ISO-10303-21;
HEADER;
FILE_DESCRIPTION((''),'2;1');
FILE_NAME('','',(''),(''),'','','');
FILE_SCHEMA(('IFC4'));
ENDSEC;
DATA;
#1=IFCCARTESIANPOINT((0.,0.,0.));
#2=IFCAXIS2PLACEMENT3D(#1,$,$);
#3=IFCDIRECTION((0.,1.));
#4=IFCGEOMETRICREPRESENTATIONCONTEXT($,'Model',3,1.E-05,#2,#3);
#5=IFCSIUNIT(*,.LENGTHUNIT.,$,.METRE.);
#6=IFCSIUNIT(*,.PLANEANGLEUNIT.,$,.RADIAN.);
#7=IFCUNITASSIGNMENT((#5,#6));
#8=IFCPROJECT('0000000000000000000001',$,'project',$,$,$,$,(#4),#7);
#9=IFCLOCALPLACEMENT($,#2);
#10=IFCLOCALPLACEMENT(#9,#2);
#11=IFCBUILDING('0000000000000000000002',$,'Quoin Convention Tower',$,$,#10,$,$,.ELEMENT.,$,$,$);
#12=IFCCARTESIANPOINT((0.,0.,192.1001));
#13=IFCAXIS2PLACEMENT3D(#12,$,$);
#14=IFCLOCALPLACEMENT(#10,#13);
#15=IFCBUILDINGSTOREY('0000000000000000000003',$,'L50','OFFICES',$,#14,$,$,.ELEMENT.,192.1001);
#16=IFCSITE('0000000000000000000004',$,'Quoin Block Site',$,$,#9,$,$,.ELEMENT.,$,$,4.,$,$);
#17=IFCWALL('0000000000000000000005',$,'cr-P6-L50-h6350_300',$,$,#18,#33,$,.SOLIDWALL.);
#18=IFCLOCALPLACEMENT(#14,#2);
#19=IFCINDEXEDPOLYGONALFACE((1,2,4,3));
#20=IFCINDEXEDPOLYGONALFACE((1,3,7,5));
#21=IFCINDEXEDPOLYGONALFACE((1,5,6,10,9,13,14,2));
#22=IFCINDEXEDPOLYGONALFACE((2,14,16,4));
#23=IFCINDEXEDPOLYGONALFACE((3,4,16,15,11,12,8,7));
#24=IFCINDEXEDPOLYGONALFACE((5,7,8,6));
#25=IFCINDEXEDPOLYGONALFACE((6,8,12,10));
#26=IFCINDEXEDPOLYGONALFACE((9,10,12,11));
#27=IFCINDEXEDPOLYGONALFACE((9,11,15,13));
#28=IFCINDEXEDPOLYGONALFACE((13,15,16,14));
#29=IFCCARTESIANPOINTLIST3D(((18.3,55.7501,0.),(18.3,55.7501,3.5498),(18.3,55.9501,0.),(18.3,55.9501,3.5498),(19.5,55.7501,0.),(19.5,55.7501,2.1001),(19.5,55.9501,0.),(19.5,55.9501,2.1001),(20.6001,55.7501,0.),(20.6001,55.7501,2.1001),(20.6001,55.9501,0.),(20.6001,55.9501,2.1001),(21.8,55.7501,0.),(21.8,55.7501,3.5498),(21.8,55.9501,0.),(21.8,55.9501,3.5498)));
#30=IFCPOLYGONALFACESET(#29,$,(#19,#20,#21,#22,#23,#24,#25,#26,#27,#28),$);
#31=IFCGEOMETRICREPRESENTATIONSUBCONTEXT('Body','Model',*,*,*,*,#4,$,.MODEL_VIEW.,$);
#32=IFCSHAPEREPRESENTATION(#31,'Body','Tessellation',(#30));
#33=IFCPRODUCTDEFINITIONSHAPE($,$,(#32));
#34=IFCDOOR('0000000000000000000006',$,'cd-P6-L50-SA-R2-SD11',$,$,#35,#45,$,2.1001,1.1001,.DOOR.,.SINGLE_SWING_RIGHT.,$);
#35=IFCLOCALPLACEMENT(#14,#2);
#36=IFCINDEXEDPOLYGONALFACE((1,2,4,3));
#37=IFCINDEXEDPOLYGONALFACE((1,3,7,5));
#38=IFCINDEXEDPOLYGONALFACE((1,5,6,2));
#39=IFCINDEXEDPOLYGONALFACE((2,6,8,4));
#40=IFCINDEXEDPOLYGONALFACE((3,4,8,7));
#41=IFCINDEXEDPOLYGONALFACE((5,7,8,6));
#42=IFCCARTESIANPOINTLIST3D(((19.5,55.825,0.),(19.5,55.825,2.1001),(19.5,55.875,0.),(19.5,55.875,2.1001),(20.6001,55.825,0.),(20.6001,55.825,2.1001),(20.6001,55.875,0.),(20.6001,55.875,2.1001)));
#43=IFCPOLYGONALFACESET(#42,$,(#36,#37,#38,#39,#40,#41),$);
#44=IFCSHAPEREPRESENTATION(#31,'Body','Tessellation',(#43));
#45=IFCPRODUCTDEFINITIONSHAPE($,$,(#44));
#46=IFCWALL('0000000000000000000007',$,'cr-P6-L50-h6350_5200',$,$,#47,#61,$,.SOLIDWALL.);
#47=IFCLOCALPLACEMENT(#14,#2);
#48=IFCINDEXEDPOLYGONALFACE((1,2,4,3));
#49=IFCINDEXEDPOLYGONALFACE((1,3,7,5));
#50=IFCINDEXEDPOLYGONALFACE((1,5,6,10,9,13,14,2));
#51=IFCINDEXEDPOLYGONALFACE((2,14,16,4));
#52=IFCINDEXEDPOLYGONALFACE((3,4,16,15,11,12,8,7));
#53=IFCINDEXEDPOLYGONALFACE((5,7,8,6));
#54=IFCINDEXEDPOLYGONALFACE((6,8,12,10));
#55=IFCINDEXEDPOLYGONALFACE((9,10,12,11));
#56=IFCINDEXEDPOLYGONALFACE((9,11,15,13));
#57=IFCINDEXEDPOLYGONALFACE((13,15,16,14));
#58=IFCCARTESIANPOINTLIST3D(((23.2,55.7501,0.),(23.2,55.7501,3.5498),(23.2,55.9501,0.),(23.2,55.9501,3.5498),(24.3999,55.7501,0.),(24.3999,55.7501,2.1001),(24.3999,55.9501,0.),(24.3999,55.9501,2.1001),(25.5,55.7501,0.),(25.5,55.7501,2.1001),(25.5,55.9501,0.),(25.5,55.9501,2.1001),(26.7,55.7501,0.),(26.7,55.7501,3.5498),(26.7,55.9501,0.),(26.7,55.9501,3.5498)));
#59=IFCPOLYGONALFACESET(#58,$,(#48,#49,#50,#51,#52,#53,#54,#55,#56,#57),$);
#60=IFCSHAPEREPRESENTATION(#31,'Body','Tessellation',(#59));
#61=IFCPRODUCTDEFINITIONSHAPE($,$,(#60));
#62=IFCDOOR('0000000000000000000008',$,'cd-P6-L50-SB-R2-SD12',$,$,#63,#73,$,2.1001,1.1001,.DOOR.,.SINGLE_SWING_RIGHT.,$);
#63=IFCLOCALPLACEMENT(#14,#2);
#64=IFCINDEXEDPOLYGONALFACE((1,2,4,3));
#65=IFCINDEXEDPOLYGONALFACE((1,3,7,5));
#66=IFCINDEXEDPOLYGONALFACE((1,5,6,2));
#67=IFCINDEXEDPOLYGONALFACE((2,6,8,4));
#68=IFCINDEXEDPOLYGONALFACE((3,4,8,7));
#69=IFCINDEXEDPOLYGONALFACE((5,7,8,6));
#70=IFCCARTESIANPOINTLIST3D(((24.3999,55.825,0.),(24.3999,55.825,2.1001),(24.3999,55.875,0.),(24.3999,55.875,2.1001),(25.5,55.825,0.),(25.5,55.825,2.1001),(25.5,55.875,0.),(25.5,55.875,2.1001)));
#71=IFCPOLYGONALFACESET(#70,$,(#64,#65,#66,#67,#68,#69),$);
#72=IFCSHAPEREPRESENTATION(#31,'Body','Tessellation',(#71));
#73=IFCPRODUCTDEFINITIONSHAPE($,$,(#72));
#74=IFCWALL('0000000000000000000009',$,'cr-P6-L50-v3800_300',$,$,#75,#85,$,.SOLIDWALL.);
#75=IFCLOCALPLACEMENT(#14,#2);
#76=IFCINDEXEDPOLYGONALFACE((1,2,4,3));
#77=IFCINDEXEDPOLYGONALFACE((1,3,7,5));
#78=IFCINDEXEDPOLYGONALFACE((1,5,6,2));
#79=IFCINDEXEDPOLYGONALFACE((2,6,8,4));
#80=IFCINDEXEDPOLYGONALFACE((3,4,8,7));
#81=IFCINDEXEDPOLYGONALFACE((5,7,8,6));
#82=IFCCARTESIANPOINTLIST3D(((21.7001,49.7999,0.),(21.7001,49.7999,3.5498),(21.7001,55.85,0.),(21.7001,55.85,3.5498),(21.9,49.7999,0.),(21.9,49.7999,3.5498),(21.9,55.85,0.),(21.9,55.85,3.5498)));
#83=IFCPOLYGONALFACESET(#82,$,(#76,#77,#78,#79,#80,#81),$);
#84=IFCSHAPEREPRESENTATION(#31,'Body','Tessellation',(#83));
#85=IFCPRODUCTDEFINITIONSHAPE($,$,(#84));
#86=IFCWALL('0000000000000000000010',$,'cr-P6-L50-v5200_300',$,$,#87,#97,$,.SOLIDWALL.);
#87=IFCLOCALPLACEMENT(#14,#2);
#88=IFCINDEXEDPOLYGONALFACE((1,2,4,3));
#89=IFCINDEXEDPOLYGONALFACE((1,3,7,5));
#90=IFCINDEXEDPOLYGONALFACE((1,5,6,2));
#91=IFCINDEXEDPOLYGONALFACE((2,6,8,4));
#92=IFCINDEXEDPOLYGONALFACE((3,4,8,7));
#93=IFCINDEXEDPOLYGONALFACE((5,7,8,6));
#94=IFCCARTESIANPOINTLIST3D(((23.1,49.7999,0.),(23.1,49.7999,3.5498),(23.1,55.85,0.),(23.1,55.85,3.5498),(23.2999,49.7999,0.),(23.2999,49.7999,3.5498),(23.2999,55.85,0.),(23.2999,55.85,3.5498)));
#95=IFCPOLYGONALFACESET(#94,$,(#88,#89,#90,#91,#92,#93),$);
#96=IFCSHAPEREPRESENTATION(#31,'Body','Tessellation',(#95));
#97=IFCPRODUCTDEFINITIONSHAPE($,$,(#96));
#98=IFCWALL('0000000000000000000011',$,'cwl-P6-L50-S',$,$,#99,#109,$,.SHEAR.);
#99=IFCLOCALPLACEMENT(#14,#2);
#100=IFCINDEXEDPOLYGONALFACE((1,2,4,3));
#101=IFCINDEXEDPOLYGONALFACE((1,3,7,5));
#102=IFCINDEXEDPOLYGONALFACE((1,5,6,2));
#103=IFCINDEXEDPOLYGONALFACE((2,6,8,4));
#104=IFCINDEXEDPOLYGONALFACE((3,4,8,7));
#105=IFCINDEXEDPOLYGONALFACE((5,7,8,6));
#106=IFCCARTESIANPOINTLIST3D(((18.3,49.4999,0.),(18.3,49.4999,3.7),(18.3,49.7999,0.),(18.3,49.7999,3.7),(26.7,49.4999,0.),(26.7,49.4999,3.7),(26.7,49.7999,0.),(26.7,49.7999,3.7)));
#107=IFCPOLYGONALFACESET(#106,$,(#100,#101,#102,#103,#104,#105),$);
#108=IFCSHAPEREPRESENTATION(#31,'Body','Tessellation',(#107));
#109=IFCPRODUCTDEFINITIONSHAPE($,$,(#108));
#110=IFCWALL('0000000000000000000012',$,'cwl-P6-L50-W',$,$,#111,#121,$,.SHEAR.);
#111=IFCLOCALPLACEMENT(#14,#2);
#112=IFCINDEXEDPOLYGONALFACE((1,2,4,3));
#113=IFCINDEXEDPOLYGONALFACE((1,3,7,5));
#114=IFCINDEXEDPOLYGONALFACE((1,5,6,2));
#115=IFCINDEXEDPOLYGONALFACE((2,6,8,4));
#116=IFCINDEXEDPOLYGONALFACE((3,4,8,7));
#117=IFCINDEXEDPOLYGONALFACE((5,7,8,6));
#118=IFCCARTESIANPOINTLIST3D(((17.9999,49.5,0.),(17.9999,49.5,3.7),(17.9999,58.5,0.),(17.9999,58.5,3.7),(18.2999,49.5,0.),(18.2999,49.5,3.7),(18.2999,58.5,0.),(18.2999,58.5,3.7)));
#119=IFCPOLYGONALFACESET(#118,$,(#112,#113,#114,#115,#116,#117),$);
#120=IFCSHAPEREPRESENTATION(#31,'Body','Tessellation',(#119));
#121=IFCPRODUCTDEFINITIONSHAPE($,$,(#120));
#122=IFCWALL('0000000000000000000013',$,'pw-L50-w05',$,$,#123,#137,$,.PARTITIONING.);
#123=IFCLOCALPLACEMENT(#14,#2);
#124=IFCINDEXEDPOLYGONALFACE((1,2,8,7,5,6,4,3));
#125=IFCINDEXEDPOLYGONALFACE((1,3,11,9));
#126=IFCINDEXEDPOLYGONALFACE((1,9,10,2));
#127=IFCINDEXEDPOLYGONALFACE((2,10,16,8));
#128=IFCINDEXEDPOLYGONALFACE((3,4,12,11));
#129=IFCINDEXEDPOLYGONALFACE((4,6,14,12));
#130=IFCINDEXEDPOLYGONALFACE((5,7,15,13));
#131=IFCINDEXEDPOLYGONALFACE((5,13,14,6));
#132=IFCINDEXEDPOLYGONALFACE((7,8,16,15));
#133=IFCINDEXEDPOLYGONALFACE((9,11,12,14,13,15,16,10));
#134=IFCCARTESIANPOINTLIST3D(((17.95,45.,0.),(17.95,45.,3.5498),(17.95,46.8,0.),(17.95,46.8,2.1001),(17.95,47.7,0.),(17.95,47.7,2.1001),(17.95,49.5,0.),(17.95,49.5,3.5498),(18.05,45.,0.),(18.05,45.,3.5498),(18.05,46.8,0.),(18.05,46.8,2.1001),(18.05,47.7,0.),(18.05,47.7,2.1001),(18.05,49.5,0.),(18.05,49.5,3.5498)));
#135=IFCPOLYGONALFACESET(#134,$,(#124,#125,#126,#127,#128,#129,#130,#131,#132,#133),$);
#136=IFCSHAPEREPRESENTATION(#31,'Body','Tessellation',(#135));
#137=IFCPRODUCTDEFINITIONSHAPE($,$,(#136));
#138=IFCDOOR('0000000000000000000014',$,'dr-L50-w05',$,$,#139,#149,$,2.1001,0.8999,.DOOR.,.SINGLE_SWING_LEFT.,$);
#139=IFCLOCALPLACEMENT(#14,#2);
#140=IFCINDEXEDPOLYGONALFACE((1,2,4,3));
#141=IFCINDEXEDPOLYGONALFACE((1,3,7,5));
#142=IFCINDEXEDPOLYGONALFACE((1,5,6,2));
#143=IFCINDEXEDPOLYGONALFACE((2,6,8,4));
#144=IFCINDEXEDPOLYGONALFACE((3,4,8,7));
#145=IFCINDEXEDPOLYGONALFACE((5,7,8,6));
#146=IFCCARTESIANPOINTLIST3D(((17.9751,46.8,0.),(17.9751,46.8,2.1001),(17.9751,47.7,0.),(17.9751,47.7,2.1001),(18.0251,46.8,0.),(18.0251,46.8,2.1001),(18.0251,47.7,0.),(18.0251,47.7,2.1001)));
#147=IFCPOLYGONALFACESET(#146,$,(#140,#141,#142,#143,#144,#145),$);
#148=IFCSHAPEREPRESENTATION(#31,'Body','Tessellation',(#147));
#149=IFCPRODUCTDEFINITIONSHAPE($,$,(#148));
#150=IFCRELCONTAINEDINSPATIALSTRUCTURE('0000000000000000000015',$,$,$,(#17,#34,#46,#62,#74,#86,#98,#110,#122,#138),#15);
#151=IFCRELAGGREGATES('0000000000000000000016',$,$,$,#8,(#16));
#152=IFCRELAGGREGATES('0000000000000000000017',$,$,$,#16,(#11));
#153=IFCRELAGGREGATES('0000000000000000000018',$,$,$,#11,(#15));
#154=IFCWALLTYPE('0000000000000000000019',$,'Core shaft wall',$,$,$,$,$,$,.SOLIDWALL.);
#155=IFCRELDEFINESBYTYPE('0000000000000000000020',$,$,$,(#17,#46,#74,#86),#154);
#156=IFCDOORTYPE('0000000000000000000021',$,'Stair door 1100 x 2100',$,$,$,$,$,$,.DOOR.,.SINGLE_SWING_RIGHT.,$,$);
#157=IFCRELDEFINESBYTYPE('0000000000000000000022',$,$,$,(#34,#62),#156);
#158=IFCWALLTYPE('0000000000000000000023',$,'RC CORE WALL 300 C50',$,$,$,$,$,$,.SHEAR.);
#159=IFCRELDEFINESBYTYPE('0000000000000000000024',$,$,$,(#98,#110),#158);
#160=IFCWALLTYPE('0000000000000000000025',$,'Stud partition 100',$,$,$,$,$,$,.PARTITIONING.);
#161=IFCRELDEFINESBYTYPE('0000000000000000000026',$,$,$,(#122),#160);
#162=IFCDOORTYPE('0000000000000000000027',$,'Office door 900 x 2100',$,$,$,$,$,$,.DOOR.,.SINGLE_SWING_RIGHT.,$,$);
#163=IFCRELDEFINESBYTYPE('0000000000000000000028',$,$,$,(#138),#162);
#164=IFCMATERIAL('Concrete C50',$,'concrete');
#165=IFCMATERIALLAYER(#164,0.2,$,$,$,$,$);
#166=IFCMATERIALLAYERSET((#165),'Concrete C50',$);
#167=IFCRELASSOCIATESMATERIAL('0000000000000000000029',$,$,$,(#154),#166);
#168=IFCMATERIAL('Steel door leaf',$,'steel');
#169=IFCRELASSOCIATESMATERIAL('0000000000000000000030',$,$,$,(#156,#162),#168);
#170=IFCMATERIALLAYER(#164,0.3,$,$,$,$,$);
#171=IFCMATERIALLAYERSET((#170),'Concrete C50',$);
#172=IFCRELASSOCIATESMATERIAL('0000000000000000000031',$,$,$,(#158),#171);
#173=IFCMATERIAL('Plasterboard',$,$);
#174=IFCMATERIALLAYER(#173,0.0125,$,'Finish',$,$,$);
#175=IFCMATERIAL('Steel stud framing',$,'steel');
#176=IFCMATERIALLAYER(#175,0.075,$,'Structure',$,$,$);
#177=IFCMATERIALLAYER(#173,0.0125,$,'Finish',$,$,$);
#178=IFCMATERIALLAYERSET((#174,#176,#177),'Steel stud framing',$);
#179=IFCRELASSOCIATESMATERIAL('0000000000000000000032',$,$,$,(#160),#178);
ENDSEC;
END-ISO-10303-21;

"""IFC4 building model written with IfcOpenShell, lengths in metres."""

from ifc_helpers import new_model, si_unit, direction, frame, frame_2d, origin, place, context, subcontext, project, spatial, rectangle, extrude, material, layer, layer_set, type_object, element, fill, save


model = new_model("IFC4")

# Units and contexts
model_context = context("Model", 3, precision=1e-05, world=origin(), true_north=direction((0.0, 1.0)))
body_context = subcontext(model_context, "Body", "Model", "MODEL_VIEW")
ifc_project = project(units=[si_unit("LENGTHUNIT", "METRE"), si_unit("PLANEANGLEUNIT", "RADIAN")], contexts=[model_context])

# Site, building, storey
site_placement = place(None, origin())
site = spatial("IfcSite", under=ifc_project, at=site_placement, Name="Quoin Block Site", CompositionType="ELEMENT", RefElevation=4.0)
building_placement = place(site_placement, origin())
building = spatial("IfcBuilding", under=site, at=building_placement, Name="Quoin Convention Tower", CompositionType="ELEMENT")
storey_placement = place(building_placement, frame((0.0, 0.0, 192.1001)))
storey = spatial("IfcBuildingStorey", under=building, at=storey_placement, Name="L50", Description="OFFICES", CompositionType="ELEMENT", Elevation=192.1001)

# Shared definitions
ifc_material_1 = material(Name="Concrete C50", Category="concrete")

# Shared definitions
ifc_layer_1 = layer(ifc_material_1, 0.2)
ifc_layer_set_1 = layer_set([ifc_layer_1], Name="Concrete C50")
wall_type_1 = type_object("IfcWallType", Name="Core shaft wall", PredefinedType="SOLIDWALL", material=ifc_layer_set_1)

# Walls, openings, doors
wall_1_placement = place(storey_placement, frame((18.3, 55.8501, 0.0), z_axis=(0.0, 0.0, 1.0), x_axis=(1.0, 0.0, 0.0)))
wall_1 = element("IfcWall", 1, at=wall_1_placement, inside=storey, type_object=wall_type_1, Name="cr-P6-L50-h6350_300", PredefinedType="SOLIDWALL", context=body_context, shape_type="SweptSolid", body=[
    extrude(rectangle(XDim=3.5, YDim=0.2, at=frame_2d((1.75, 0.0))), origin(), (0.0, 0.0, 1.0), 3.5498),
])
opening_1_placement = place(wall_1_placement, frame((1.2, 0.0, 0.0)))
opening_1 = element("IfcOpeningElement", 2, at=opening_1_placement, cuts=wall_1, PredefinedType="OPENING", context=body_context, shape_type="SweptSolid", body=[
    extrude(rectangle(XDim=1.1001, YDim=2.1001, at=frame_2d((0.55, 1.05))), frame((0.0, 0.1099, 0.0), z_axis=(0.0, -1.0, 0.0), x_axis=(1.0, 0.0, 0.0)), (0.0, 0.0, 1.0), 0.22),
])
ifc_material_2 = material(Name="Steel door leaf", Category="steel")
door_type_1 = type_object("IfcDoorType", Name="Stair door 1100 x 2100", OperationType="SINGLE_SWING_RIGHT", PredefinedType="DOOR", material=ifc_material_2)
door_1_placement = place(opening_1_placement, origin())
door_1 = element("IfcDoor", 3, at=door_1_placement, inside=storey, type_object=door_type_1, Name="cd-P6-L50-SA-R2-SD11", OperationType="SINGLE_SWING_RIGHT", OverallHeight=2.1001, OverallWidth=1.1001, PredefinedType="DOOR", context=body_context, shape_type="SweptSolid", body=[
    extrude(rectangle(XDim=1.1001, YDim=2.1001, at=frame_2d((0.55, 1.05))), frame((0.0, 0.0249, 0.0), z_axis=(0.0, -1.0, 0.0), x_axis=(1.0, 0.0, 0.0)), (0.0, 0.0, 1.0), 0.05),
])
fill(opening_1, door_1)
wall_2_placement = place(storey_placement, frame((23.2, 55.8501, 0.0), z_axis=(0.0, 0.0, 1.0), x_axis=(1.0, 0.0, 0.0)))
wall_2 = element("IfcWall", 4, at=wall_2_placement, inside=storey, type_object=wall_type_1, Name="cr-P6-L50-h6350_5200", PredefinedType="SOLIDWALL", context=body_context, shape_type="SweptSolid", body=[
    extrude(rectangle(XDim=3.5, YDim=0.2, at=frame_2d((1.75, 0.0))), origin(), (0.0, 0.0, 1.0), 3.5498),
])
opening_2_placement = place(wall_2_placement, frame((1.2, 0.0, 0.0)))
opening_2 = element("IfcOpeningElement", 5, at=opening_2_placement, cuts=wall_2, PredefinedType="OPENING", context=body_context, shape_type="SweptSolid", body=[
    extrude(rectangle(XDim=1.1001, YDim=2.1001, at=frame_2d((0.55, 1.05))), frame((0.0, 0.1099, 0.0), z_axis=(0.0, -1.0, 0.0), x_axis=(1.0, 0.0, 0.0)), (0.0, 0.0, 1.0), 0.22),
])
door_2_placement = place(opening_2_placement, origin())
door_2 = element("IfcDoor", 6, at=door_2_placement, inside=storey, type_object=door_type_1, Name="cd-P6-L50-SB-R2-SD12", OperationType="SINGLE_SWING_RIGHT", OverallHeight=2.1001, OverallWidth=1.1001, PredefinedType="DOOR", context=body_context, shape_type="SweptSolid", body=[
    extrude(rectangle(XDim=1.1001, YDim=2.1001, at=frame_2d((0.55, 1.05))), frame((0.0, 0.0249, 0.0), z_axis=(0.0, -1.0, 0.0), x_axis=(1.0, 0.0, 0.0)), (0.0, 0.0, 1.0), 0.05),
])
fill(opening_2, door_2)

# Walls
for number, where, z_axis, x_axis, name in (
    (7, (21.8, 49.8, 0.0), (0.0, 0.0, 1.0), (0.0, 1.0, 0.0), "cr-P6-L50-v3800_300"),
    (8, (23.2, 49.8, 0.0), (0.0, 0.0, 1.0), (0.0, 1.0, 0.0), "cr-P6-L50-v5200_300"),
):
    element("IfcWall", number, at=place(storey_placement, frame(where, z_axis=z_axis, x_axis=x_axis)), inside=storey, type_object=wall_type_1, Name=name, PredefinedType="SOLIDWALL", context=body_context, shape_type="SweptSolid", body=[
        extrude(rectangle(XDim=6.05, YDim=0.2, at=frame_2d((3.0249, 0.0))), origin(), (0.0, 0.0, 1.0), 3.5498),
    ])
ifc_layer_2 = layer(ifc_material_1, 0.3)
ifc_layer_set_2 = layer_set([ifc_layer_2], Name="Concrete C50")
wall_type_2 = type_object("IfcWallType", Name="RC CORE WALL 300 C50", PredefinedType="SHEAR", material=ifc_layer_set_2)
wall_3_placement = place(storey_placement, frame((18.3, 49.6499, 0.0), z_axis=(0.0, 0.0, 1.0), x_axis=(1.0, 0.0, 0.0)))
element("IfcWall", 9, at=wall_3_placement, inside=storey, type_object=wall_type_2, Name="cwl-P6-L50-S", PredefinedType="SHEAR", context=body_context, shape_type="SweptSolid", body=[
    extrude(rectangle(XDim=8.3999, YDim=0.3, at=frame_2d((4.2, 0.0))), origin(), (0.0, 0.0, 1.0), 3.7),
])
wall_4_placement = place(storey_placement, frame((18.1499, 49.5, 0.0), z_axis=(0.0, 0.0, 1.0), x_axis=(0.0, 1.0, 0.0)))
element("IfcWall", 10, at=wall_4_placement, inside=storey, type_object=wall_type_2, Name="cwl-P6-L50-W", PredefinedType="SHEAR", context=body_context, shape_type="SweptSolid", body=[
    extrude(rectangle(XDim=9.0, YDim=0.3, at=frame_2d((4.5, 0.0))), origin(), (0.0, 0.0, 1.0), 3.7),
])

# Wall, opening, door
ifc_material_3 = material(Name="Plasterboard")
ifc_layer_3 = layer(ifc_material_3, 0.0125, Name="Finish")
ifc_material_4 = material(Name="Steel stud framing", Category="steel")
ifc_layer_4 = layer(ifc_material_4, 0.075, Name="Structure")
ifc_layer_5 = layer(ifc_material_3, 0.0125, Name="Finish")
ifc_layer_set_3 = layer_set([ifc_layer_3, ifc_layer_4, ifc_layer_5], Name="Steel stud framing")
wall_type_3 = type_object("IfcWallType", Name="Stud partition 100", PredefinedType="PARTITIONING", material=ifc_layer_set_3)
wall_5_placement = place(storey_placement, frame((18.0, 49.5, 0.0), z_axis=(0.0, 0.0, 1.0), x_axis=(0.0, -1.0, 0.0)))
wall_5 = element("IfcWall", 11, at=wall_5_placement, inside=storey, type_object=wall_type_3, Name="pw-L50-w05", PredefinedType="PARTITIONING", context=body_context, shape_type="SweptSolid", body=[
    extrude(rectangle(XDim=4.5, YDim=0.1001, at=frame_2d((2.25, 0.0))), origin(), (0.0, 0.0, 1.0), 3.5498),
])
opening_3_placement = place(wall_5_placement, frame((1.8, 0.0, 0.0)))
opening_3 = element("IfcOpeningElement", 12, at=opening_3_placement, cuts=wall_5, PredefinedType="OPENING", context=body_context, shape_type="SweptSolid", body=[
    extrude(rectangle(XDim=0.8999, YDim=2.1001, at=frame_2d((0.45, 1.05))), frame((0.0, 0.0601, 0.0), z_axis=(0.0, -1.0, 0.0), x_axis=(1.0, 0.0, 0.0)), (0.0, 0.0, 1.0), 0.1201),
])
door_type_2 = type_object("IfcDoorType", Name="Office door 900 x 2100", OperationType="SINGLE_SWING_RIGHT", PredefinedType="DOOR", material=ifc_material_2)
door_3_placement = place(opening_3_placement, frame((0.8999, 0.0, 0.0), z_axis=(0.0, 0.0, 1.0), x_axis=(-1.0, 0.0, 0.0)))
door_3 = element("IfcDoor", 13, at=door_3_placement, inside=storey, type_object=door_type_2, Name="dr-L50-w05", OperationType="SINGLE_SWING_LEFT", OverallHeight=2.1001, OverallWidth=0.8999, PredefinedType="DOOR", context=body_context, shape_type="SweptSolid", body=[
    extrude(rectangle(XDim=0.8999, YDim=2.1001, at=frame_2d((0.45, 1.05))), frame((0.0, 0.0249, 0.0), z_axis=(0.0, -1.0, 0.0), x_axis=(1.0, 0.0, 0.0)), (0.0, 0.0, 1.0), 0.05),
])
fill(opening_3, door_3)

save(model, "model.ifc")
